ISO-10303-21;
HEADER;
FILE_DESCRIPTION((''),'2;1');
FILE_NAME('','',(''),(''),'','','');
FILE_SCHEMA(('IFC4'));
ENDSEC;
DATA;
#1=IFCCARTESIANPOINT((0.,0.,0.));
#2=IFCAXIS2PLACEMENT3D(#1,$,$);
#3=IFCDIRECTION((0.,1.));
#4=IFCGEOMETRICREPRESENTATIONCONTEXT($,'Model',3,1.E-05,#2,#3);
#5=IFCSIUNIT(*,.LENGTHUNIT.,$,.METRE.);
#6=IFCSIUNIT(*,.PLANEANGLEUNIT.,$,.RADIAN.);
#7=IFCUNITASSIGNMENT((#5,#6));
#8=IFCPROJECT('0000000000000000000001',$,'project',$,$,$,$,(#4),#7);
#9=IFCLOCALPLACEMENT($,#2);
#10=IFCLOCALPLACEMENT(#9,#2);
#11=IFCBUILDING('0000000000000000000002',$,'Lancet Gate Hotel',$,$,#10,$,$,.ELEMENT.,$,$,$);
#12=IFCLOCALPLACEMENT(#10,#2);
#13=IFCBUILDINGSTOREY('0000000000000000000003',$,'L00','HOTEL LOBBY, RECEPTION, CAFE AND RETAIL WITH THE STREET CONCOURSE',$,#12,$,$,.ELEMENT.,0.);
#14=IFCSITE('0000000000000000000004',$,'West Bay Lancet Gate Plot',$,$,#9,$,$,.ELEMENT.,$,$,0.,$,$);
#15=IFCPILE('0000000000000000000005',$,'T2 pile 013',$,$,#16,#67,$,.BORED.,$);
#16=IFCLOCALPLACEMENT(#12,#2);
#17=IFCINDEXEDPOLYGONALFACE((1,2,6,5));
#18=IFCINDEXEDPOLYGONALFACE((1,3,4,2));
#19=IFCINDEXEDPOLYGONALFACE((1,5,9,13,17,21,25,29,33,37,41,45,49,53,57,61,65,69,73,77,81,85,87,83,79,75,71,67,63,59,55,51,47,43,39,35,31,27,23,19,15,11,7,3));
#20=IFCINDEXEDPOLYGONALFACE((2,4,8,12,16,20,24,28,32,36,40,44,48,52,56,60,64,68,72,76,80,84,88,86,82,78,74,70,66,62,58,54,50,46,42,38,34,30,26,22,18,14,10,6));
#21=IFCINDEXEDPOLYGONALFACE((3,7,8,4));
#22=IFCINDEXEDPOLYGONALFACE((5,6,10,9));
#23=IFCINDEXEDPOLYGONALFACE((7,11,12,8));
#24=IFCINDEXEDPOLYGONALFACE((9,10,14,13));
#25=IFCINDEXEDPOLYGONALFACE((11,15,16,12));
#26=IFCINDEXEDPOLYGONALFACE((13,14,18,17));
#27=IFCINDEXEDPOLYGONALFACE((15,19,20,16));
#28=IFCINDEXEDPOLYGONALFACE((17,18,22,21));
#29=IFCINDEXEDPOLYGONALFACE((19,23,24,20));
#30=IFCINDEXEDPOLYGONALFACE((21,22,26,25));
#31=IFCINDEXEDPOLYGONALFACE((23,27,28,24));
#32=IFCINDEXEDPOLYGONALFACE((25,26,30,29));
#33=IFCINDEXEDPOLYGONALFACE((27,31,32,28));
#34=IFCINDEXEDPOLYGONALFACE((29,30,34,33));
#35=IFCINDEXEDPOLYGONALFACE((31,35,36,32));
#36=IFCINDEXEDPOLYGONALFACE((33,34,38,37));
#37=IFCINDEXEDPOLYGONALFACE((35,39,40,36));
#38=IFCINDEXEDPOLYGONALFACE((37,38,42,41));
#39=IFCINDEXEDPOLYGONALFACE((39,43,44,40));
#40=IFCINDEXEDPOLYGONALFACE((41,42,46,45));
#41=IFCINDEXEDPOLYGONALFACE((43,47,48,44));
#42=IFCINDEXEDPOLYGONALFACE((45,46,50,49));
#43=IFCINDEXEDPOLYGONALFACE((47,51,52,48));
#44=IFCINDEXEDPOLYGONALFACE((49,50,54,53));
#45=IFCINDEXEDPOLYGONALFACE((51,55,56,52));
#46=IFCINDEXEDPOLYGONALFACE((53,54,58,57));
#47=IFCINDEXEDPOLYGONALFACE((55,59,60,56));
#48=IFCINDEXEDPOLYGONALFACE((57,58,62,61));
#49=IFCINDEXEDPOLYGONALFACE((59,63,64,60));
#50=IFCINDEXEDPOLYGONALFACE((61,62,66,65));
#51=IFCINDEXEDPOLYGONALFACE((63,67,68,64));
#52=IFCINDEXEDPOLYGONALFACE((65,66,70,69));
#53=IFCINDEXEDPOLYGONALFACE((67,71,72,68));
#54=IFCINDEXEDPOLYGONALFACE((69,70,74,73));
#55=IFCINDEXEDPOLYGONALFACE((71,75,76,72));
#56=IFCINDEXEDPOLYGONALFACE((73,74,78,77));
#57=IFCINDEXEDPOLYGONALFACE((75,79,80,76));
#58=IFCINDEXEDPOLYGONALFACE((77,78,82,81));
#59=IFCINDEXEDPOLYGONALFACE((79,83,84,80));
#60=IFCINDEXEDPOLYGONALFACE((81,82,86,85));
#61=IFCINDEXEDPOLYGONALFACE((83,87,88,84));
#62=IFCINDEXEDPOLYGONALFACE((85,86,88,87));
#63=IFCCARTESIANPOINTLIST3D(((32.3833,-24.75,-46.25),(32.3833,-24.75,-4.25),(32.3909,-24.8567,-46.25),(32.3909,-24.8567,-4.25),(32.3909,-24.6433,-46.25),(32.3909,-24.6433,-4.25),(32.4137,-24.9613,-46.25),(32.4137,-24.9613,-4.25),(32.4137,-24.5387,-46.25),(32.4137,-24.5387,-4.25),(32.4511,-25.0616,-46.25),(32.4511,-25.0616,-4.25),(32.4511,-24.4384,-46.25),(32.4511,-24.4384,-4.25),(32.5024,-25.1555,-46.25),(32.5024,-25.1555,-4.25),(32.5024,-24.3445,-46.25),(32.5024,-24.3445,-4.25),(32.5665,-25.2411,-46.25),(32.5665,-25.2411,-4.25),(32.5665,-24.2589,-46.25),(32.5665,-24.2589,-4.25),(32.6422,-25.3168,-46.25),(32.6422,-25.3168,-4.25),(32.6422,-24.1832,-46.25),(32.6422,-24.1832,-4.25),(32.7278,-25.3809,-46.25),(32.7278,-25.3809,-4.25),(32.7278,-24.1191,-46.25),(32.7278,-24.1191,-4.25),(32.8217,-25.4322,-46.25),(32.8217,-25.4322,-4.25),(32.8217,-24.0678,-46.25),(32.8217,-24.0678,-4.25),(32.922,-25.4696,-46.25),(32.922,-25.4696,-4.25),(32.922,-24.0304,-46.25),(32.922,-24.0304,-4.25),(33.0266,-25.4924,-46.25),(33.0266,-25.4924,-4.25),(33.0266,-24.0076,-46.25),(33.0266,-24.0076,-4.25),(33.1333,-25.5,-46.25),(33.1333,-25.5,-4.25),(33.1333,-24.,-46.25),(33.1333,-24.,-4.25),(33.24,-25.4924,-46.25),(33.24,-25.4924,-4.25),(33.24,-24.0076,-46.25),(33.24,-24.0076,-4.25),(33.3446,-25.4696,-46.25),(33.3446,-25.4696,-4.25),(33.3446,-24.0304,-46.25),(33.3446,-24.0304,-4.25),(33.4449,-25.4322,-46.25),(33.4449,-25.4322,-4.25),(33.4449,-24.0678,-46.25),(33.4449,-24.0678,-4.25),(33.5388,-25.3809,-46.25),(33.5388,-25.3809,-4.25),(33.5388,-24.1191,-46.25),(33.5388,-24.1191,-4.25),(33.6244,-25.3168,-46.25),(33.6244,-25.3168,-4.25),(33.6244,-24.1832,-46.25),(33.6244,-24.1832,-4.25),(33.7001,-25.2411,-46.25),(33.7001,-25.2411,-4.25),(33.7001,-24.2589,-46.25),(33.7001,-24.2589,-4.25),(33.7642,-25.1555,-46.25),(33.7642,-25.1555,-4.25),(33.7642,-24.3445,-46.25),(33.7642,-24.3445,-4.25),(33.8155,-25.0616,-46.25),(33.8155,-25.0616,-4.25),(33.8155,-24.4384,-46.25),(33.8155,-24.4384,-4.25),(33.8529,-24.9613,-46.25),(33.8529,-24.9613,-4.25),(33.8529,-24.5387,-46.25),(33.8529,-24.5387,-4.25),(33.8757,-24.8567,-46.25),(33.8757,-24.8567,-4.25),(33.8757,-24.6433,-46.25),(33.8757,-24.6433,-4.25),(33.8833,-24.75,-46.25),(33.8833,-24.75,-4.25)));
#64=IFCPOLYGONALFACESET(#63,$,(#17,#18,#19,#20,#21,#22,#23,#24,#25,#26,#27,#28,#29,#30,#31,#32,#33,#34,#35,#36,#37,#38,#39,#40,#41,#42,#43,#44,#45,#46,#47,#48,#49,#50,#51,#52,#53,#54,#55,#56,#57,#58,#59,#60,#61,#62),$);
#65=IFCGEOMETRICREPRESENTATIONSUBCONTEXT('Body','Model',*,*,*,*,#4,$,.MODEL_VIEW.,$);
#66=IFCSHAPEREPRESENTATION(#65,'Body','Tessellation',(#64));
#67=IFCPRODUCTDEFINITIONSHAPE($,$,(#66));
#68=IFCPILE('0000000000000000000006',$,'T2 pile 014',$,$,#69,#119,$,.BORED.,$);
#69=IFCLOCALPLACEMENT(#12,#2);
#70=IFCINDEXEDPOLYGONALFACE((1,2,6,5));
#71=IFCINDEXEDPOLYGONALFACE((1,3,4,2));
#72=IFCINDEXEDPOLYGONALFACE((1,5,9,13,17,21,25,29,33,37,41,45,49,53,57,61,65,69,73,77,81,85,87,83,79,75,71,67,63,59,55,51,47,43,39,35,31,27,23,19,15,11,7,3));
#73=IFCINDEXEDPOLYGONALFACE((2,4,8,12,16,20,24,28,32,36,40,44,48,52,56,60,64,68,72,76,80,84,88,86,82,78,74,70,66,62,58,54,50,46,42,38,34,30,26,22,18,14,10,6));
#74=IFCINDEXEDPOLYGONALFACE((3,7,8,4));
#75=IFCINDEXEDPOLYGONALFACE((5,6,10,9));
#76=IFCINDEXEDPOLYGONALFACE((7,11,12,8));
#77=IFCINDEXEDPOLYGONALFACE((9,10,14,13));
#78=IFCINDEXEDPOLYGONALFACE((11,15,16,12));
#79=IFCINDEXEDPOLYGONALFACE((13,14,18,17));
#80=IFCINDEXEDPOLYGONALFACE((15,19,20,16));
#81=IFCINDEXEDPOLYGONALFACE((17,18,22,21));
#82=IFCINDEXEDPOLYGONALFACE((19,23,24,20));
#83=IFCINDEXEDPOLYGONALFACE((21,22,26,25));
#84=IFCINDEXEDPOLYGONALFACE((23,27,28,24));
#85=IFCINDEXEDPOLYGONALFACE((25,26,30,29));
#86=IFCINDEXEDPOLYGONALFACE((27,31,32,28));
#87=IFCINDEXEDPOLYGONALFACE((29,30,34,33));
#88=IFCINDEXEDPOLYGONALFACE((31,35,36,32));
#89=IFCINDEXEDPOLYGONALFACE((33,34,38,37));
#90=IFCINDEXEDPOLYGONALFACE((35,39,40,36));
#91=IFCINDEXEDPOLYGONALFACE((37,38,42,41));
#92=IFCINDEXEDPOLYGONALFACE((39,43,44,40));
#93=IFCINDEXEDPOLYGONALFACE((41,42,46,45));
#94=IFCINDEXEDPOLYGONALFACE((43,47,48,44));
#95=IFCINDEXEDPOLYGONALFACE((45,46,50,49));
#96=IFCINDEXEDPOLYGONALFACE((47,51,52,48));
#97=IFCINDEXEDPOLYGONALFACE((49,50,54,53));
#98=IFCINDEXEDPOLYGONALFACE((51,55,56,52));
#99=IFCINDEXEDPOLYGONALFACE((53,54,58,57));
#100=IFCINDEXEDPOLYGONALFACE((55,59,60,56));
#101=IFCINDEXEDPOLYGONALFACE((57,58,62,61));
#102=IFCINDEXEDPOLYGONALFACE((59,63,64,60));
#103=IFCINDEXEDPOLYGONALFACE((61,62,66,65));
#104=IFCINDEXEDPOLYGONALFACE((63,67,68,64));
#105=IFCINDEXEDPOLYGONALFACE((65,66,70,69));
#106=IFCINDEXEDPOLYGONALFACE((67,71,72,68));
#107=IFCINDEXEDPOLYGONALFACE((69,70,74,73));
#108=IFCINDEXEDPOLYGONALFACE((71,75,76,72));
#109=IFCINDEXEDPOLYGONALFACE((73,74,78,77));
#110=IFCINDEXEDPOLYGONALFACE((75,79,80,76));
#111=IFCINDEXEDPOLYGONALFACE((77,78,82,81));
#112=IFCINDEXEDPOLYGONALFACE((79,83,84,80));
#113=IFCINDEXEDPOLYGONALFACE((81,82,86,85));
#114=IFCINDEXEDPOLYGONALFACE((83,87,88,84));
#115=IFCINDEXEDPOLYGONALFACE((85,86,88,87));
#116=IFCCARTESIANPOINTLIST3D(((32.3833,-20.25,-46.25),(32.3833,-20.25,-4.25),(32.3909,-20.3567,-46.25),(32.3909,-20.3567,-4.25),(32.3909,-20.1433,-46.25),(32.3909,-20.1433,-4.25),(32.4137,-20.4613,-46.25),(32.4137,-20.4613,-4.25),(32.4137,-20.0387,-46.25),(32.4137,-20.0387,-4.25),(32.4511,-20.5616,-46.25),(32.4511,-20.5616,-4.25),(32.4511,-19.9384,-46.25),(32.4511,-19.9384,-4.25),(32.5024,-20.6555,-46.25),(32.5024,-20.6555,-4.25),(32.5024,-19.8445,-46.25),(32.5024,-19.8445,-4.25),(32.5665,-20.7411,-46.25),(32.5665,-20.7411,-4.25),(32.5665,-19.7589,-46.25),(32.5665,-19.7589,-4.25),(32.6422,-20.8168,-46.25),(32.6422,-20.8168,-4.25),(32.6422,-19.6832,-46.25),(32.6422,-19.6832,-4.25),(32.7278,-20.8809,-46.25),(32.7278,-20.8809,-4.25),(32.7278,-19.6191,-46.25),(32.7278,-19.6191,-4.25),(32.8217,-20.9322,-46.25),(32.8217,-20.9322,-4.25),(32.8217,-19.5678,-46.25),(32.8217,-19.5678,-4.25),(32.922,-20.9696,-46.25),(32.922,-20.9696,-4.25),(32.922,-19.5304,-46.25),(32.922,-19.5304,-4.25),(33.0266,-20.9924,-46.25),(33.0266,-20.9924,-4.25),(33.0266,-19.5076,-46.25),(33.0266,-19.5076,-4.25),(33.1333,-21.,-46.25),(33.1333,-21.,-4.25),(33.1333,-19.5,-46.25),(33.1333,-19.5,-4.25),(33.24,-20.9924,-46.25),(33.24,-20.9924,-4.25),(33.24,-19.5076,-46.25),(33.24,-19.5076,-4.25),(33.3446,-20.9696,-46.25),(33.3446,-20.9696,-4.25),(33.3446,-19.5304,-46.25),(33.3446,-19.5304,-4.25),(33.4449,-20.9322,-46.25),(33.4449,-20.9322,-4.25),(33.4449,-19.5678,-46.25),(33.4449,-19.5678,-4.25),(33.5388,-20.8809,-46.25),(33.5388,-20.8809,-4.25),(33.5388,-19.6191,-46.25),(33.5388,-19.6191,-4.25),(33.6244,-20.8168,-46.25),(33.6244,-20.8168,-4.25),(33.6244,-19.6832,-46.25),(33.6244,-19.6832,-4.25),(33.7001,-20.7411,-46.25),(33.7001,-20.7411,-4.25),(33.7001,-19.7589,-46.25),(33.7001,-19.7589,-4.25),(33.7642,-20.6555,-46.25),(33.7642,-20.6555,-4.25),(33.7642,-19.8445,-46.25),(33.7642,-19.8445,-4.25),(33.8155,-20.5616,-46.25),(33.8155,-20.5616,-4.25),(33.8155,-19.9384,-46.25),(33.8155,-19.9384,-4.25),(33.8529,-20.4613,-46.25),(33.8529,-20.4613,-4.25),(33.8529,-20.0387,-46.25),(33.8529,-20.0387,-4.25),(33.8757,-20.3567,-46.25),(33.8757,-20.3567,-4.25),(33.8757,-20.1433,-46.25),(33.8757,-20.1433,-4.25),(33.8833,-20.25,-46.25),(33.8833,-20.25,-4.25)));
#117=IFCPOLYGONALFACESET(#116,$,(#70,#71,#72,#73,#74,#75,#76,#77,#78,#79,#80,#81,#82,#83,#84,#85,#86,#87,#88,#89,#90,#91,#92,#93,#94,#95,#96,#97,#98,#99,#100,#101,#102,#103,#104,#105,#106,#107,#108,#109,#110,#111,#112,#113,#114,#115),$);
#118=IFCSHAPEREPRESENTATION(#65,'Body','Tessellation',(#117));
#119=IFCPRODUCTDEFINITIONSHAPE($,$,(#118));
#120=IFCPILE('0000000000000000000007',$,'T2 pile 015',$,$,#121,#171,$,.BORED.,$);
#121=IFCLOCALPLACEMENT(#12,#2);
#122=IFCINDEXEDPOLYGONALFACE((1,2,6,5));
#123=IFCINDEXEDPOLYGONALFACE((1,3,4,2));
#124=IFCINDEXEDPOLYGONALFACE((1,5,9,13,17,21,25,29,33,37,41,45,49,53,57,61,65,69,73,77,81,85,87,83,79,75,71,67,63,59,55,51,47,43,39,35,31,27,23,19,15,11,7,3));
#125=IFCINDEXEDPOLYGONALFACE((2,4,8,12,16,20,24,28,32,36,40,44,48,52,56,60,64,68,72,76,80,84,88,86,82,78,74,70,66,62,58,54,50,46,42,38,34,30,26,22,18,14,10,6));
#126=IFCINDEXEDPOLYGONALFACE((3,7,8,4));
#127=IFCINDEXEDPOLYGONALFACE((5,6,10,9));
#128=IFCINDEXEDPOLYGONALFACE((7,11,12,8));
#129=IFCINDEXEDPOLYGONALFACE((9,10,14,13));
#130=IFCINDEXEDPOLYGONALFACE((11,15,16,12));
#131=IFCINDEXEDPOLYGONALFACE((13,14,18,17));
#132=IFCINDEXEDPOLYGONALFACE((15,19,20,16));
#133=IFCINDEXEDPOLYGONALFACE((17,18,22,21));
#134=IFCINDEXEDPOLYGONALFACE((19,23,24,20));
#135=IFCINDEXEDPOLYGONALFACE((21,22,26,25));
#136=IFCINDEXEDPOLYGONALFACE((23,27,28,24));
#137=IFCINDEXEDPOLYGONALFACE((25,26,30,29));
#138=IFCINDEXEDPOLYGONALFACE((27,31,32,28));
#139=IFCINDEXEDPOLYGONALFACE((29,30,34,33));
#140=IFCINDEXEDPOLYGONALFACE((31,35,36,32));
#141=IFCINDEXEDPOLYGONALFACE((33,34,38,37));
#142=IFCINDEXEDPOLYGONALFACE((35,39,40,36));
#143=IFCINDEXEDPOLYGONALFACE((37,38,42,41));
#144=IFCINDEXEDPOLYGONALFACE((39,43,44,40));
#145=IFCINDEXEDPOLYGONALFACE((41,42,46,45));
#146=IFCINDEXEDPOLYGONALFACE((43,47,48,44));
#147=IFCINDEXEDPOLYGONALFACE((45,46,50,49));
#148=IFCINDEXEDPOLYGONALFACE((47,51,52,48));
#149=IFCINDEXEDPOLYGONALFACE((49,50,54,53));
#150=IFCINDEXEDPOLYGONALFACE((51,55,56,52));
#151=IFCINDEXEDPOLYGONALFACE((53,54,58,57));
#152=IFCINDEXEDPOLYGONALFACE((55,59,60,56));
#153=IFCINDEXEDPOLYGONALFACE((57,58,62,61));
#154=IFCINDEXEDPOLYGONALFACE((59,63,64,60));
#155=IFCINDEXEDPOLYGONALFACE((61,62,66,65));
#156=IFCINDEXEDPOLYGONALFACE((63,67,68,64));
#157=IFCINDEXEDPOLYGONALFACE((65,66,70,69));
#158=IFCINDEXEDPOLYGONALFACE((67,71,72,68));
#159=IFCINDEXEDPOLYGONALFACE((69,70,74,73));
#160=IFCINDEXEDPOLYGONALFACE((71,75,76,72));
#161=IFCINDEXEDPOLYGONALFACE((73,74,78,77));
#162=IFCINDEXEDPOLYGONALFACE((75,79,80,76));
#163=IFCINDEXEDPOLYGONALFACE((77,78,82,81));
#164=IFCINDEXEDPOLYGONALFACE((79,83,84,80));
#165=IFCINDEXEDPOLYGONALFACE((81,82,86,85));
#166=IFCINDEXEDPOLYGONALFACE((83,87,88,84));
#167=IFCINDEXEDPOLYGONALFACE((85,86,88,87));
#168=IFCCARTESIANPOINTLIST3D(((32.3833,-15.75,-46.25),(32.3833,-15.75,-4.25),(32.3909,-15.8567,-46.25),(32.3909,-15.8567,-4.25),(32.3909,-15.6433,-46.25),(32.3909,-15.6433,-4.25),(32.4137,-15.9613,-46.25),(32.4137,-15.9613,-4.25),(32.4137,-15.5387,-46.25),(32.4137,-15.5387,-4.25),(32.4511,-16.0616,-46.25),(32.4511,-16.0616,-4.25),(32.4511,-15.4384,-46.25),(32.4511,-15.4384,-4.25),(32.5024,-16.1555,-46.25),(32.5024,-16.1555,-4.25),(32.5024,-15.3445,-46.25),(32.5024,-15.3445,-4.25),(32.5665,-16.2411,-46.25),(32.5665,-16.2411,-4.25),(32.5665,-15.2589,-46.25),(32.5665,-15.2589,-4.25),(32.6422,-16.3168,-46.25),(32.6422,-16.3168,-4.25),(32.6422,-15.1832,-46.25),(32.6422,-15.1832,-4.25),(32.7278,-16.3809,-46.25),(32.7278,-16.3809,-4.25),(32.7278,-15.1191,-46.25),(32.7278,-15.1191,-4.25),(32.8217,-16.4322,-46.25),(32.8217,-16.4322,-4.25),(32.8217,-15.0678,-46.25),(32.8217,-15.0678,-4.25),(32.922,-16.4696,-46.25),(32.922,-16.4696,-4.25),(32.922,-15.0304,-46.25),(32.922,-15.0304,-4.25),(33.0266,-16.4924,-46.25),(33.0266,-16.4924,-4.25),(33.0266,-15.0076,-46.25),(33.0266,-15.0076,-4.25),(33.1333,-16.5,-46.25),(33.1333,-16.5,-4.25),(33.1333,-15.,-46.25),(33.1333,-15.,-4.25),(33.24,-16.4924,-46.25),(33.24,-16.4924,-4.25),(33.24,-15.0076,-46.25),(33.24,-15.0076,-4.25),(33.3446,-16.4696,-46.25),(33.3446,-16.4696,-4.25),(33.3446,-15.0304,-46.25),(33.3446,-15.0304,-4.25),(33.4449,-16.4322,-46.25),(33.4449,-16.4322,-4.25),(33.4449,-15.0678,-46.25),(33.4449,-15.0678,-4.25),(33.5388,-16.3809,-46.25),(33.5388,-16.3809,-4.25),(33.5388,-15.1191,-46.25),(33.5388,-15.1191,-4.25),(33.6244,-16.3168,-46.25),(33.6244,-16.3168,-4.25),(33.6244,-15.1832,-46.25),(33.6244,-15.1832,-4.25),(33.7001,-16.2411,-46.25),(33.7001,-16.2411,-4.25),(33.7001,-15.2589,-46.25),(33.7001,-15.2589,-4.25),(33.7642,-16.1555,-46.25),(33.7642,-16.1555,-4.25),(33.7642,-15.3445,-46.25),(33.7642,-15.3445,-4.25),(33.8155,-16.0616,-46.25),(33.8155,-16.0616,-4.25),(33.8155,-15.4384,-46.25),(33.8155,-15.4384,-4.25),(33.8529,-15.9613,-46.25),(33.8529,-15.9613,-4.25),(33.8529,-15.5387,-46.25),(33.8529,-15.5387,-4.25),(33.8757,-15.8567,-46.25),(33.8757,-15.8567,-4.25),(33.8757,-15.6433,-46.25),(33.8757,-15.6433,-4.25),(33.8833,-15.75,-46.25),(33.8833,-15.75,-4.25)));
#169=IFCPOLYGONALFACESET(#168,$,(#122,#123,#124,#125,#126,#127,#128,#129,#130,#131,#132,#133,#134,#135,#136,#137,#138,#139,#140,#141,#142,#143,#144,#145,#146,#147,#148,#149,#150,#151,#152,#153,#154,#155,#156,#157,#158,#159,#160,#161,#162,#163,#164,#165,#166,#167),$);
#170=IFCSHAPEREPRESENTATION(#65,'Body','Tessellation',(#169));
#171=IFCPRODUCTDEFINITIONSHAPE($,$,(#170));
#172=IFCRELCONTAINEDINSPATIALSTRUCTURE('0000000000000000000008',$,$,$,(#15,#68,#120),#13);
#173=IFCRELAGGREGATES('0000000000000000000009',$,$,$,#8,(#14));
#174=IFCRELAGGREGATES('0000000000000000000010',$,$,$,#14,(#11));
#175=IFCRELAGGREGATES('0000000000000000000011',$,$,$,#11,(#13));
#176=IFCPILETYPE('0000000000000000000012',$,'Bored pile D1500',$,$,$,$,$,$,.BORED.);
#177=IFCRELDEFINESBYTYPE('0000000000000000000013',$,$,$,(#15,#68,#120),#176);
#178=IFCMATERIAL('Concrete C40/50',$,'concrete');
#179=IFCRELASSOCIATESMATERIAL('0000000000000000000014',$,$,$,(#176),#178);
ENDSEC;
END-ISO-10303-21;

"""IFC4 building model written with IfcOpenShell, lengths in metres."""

from ifc_helpers import new_model, si_unit, direction, frame, origin, origin_2d, place, context, subcontext, project, spatial, circle, extrude, material, material_profile, profile_set, type_object, element, save


model = new_model("IFC4")

# Units and contexts
model_context = context("Model", 3, precision=1e-05, world=origin(), true_north=direction((0.0, 1.0)))
body_context = subcontext(model_context, "Body", "Model", "MODEL_VIEW")
ifc_project = project(units=[si_unit("LENGTHUNIT", "METRE"), si_unit("PLANEANGLEUNIT", "RADIAN")], contexts=[model_context])

# Site, building, storey
site_placement = place(None, origin())
site = spatial("IfcSite", under=ifc_project, at=site_placement, Name="West Bay Lancet Gate Plot", CompositionType="ELEMENT", RefElevation=0.0)
building_placement = place(site_placement, origin())
building = spatial("IfcBuilding", under=site, at=building_placement, Name="Lancet Gate Hotel", CompositionType="ELEMENT")
storey_placement = place(building_placement, origin())
storey = spatial("IfcBuildingStorey", under=building, at=storey_placement, Name="L00", Description="HOTEL LOBBY, RECEPTION, CAFE AND RETAIL WITH THE STREET CONCOURSE", CompositionType="ELEMENT", Elevation=0.0)

# Piles
ifc_material_1 = material(Name="Concrete C40/50", Category="concrete")
ifc_material_profile_1 = material_profile(ifc_material_1, circle(Radius=0.75, at=origin_2d()), Name="PILE D1500")
ifc_profile_set_1 = profile_set([ifc_material_profile_1], Name="Concrete C40/50")
pile_type = type_object("IfcPileType", Name="Bored pile D1500", PredefinedType="BORED", material=ifc_profile_set_1)
for number, where, z_axis, x_axis, name in (
    (1, (33.1333, -24.75, -4.25), (0.0, 0.0, -1.0), (1.0, 0.0, 0.0), "T2 pile 013"),
    (2, (33.1333, -20.25, -4.25), (0.0, 0.0, -1.0), (1.0, 0.0, 0.0), "T2 pile 014"),
    (3, (33.1333, -15.75, -4.25), (0.0, 0.0, -1.0), (1.0, 0.0, 0.0), "T2 pile 015"),
):
    element("IfcPile", number, at=place(storey_placement, frame(where, z_axis=z_axis, x_axis=x_axis)), inside=storey, type_object=pile_type, Name=name, PredefinedType="BORED", context=body_context, shape_type="SweptSolid", body=[
        extrude(circle(Radius=0.75, at=origin_2d()), origin(), (0.0, 0.0, 1.0), 42.0),
    ])

save(model, "model.ifc")
